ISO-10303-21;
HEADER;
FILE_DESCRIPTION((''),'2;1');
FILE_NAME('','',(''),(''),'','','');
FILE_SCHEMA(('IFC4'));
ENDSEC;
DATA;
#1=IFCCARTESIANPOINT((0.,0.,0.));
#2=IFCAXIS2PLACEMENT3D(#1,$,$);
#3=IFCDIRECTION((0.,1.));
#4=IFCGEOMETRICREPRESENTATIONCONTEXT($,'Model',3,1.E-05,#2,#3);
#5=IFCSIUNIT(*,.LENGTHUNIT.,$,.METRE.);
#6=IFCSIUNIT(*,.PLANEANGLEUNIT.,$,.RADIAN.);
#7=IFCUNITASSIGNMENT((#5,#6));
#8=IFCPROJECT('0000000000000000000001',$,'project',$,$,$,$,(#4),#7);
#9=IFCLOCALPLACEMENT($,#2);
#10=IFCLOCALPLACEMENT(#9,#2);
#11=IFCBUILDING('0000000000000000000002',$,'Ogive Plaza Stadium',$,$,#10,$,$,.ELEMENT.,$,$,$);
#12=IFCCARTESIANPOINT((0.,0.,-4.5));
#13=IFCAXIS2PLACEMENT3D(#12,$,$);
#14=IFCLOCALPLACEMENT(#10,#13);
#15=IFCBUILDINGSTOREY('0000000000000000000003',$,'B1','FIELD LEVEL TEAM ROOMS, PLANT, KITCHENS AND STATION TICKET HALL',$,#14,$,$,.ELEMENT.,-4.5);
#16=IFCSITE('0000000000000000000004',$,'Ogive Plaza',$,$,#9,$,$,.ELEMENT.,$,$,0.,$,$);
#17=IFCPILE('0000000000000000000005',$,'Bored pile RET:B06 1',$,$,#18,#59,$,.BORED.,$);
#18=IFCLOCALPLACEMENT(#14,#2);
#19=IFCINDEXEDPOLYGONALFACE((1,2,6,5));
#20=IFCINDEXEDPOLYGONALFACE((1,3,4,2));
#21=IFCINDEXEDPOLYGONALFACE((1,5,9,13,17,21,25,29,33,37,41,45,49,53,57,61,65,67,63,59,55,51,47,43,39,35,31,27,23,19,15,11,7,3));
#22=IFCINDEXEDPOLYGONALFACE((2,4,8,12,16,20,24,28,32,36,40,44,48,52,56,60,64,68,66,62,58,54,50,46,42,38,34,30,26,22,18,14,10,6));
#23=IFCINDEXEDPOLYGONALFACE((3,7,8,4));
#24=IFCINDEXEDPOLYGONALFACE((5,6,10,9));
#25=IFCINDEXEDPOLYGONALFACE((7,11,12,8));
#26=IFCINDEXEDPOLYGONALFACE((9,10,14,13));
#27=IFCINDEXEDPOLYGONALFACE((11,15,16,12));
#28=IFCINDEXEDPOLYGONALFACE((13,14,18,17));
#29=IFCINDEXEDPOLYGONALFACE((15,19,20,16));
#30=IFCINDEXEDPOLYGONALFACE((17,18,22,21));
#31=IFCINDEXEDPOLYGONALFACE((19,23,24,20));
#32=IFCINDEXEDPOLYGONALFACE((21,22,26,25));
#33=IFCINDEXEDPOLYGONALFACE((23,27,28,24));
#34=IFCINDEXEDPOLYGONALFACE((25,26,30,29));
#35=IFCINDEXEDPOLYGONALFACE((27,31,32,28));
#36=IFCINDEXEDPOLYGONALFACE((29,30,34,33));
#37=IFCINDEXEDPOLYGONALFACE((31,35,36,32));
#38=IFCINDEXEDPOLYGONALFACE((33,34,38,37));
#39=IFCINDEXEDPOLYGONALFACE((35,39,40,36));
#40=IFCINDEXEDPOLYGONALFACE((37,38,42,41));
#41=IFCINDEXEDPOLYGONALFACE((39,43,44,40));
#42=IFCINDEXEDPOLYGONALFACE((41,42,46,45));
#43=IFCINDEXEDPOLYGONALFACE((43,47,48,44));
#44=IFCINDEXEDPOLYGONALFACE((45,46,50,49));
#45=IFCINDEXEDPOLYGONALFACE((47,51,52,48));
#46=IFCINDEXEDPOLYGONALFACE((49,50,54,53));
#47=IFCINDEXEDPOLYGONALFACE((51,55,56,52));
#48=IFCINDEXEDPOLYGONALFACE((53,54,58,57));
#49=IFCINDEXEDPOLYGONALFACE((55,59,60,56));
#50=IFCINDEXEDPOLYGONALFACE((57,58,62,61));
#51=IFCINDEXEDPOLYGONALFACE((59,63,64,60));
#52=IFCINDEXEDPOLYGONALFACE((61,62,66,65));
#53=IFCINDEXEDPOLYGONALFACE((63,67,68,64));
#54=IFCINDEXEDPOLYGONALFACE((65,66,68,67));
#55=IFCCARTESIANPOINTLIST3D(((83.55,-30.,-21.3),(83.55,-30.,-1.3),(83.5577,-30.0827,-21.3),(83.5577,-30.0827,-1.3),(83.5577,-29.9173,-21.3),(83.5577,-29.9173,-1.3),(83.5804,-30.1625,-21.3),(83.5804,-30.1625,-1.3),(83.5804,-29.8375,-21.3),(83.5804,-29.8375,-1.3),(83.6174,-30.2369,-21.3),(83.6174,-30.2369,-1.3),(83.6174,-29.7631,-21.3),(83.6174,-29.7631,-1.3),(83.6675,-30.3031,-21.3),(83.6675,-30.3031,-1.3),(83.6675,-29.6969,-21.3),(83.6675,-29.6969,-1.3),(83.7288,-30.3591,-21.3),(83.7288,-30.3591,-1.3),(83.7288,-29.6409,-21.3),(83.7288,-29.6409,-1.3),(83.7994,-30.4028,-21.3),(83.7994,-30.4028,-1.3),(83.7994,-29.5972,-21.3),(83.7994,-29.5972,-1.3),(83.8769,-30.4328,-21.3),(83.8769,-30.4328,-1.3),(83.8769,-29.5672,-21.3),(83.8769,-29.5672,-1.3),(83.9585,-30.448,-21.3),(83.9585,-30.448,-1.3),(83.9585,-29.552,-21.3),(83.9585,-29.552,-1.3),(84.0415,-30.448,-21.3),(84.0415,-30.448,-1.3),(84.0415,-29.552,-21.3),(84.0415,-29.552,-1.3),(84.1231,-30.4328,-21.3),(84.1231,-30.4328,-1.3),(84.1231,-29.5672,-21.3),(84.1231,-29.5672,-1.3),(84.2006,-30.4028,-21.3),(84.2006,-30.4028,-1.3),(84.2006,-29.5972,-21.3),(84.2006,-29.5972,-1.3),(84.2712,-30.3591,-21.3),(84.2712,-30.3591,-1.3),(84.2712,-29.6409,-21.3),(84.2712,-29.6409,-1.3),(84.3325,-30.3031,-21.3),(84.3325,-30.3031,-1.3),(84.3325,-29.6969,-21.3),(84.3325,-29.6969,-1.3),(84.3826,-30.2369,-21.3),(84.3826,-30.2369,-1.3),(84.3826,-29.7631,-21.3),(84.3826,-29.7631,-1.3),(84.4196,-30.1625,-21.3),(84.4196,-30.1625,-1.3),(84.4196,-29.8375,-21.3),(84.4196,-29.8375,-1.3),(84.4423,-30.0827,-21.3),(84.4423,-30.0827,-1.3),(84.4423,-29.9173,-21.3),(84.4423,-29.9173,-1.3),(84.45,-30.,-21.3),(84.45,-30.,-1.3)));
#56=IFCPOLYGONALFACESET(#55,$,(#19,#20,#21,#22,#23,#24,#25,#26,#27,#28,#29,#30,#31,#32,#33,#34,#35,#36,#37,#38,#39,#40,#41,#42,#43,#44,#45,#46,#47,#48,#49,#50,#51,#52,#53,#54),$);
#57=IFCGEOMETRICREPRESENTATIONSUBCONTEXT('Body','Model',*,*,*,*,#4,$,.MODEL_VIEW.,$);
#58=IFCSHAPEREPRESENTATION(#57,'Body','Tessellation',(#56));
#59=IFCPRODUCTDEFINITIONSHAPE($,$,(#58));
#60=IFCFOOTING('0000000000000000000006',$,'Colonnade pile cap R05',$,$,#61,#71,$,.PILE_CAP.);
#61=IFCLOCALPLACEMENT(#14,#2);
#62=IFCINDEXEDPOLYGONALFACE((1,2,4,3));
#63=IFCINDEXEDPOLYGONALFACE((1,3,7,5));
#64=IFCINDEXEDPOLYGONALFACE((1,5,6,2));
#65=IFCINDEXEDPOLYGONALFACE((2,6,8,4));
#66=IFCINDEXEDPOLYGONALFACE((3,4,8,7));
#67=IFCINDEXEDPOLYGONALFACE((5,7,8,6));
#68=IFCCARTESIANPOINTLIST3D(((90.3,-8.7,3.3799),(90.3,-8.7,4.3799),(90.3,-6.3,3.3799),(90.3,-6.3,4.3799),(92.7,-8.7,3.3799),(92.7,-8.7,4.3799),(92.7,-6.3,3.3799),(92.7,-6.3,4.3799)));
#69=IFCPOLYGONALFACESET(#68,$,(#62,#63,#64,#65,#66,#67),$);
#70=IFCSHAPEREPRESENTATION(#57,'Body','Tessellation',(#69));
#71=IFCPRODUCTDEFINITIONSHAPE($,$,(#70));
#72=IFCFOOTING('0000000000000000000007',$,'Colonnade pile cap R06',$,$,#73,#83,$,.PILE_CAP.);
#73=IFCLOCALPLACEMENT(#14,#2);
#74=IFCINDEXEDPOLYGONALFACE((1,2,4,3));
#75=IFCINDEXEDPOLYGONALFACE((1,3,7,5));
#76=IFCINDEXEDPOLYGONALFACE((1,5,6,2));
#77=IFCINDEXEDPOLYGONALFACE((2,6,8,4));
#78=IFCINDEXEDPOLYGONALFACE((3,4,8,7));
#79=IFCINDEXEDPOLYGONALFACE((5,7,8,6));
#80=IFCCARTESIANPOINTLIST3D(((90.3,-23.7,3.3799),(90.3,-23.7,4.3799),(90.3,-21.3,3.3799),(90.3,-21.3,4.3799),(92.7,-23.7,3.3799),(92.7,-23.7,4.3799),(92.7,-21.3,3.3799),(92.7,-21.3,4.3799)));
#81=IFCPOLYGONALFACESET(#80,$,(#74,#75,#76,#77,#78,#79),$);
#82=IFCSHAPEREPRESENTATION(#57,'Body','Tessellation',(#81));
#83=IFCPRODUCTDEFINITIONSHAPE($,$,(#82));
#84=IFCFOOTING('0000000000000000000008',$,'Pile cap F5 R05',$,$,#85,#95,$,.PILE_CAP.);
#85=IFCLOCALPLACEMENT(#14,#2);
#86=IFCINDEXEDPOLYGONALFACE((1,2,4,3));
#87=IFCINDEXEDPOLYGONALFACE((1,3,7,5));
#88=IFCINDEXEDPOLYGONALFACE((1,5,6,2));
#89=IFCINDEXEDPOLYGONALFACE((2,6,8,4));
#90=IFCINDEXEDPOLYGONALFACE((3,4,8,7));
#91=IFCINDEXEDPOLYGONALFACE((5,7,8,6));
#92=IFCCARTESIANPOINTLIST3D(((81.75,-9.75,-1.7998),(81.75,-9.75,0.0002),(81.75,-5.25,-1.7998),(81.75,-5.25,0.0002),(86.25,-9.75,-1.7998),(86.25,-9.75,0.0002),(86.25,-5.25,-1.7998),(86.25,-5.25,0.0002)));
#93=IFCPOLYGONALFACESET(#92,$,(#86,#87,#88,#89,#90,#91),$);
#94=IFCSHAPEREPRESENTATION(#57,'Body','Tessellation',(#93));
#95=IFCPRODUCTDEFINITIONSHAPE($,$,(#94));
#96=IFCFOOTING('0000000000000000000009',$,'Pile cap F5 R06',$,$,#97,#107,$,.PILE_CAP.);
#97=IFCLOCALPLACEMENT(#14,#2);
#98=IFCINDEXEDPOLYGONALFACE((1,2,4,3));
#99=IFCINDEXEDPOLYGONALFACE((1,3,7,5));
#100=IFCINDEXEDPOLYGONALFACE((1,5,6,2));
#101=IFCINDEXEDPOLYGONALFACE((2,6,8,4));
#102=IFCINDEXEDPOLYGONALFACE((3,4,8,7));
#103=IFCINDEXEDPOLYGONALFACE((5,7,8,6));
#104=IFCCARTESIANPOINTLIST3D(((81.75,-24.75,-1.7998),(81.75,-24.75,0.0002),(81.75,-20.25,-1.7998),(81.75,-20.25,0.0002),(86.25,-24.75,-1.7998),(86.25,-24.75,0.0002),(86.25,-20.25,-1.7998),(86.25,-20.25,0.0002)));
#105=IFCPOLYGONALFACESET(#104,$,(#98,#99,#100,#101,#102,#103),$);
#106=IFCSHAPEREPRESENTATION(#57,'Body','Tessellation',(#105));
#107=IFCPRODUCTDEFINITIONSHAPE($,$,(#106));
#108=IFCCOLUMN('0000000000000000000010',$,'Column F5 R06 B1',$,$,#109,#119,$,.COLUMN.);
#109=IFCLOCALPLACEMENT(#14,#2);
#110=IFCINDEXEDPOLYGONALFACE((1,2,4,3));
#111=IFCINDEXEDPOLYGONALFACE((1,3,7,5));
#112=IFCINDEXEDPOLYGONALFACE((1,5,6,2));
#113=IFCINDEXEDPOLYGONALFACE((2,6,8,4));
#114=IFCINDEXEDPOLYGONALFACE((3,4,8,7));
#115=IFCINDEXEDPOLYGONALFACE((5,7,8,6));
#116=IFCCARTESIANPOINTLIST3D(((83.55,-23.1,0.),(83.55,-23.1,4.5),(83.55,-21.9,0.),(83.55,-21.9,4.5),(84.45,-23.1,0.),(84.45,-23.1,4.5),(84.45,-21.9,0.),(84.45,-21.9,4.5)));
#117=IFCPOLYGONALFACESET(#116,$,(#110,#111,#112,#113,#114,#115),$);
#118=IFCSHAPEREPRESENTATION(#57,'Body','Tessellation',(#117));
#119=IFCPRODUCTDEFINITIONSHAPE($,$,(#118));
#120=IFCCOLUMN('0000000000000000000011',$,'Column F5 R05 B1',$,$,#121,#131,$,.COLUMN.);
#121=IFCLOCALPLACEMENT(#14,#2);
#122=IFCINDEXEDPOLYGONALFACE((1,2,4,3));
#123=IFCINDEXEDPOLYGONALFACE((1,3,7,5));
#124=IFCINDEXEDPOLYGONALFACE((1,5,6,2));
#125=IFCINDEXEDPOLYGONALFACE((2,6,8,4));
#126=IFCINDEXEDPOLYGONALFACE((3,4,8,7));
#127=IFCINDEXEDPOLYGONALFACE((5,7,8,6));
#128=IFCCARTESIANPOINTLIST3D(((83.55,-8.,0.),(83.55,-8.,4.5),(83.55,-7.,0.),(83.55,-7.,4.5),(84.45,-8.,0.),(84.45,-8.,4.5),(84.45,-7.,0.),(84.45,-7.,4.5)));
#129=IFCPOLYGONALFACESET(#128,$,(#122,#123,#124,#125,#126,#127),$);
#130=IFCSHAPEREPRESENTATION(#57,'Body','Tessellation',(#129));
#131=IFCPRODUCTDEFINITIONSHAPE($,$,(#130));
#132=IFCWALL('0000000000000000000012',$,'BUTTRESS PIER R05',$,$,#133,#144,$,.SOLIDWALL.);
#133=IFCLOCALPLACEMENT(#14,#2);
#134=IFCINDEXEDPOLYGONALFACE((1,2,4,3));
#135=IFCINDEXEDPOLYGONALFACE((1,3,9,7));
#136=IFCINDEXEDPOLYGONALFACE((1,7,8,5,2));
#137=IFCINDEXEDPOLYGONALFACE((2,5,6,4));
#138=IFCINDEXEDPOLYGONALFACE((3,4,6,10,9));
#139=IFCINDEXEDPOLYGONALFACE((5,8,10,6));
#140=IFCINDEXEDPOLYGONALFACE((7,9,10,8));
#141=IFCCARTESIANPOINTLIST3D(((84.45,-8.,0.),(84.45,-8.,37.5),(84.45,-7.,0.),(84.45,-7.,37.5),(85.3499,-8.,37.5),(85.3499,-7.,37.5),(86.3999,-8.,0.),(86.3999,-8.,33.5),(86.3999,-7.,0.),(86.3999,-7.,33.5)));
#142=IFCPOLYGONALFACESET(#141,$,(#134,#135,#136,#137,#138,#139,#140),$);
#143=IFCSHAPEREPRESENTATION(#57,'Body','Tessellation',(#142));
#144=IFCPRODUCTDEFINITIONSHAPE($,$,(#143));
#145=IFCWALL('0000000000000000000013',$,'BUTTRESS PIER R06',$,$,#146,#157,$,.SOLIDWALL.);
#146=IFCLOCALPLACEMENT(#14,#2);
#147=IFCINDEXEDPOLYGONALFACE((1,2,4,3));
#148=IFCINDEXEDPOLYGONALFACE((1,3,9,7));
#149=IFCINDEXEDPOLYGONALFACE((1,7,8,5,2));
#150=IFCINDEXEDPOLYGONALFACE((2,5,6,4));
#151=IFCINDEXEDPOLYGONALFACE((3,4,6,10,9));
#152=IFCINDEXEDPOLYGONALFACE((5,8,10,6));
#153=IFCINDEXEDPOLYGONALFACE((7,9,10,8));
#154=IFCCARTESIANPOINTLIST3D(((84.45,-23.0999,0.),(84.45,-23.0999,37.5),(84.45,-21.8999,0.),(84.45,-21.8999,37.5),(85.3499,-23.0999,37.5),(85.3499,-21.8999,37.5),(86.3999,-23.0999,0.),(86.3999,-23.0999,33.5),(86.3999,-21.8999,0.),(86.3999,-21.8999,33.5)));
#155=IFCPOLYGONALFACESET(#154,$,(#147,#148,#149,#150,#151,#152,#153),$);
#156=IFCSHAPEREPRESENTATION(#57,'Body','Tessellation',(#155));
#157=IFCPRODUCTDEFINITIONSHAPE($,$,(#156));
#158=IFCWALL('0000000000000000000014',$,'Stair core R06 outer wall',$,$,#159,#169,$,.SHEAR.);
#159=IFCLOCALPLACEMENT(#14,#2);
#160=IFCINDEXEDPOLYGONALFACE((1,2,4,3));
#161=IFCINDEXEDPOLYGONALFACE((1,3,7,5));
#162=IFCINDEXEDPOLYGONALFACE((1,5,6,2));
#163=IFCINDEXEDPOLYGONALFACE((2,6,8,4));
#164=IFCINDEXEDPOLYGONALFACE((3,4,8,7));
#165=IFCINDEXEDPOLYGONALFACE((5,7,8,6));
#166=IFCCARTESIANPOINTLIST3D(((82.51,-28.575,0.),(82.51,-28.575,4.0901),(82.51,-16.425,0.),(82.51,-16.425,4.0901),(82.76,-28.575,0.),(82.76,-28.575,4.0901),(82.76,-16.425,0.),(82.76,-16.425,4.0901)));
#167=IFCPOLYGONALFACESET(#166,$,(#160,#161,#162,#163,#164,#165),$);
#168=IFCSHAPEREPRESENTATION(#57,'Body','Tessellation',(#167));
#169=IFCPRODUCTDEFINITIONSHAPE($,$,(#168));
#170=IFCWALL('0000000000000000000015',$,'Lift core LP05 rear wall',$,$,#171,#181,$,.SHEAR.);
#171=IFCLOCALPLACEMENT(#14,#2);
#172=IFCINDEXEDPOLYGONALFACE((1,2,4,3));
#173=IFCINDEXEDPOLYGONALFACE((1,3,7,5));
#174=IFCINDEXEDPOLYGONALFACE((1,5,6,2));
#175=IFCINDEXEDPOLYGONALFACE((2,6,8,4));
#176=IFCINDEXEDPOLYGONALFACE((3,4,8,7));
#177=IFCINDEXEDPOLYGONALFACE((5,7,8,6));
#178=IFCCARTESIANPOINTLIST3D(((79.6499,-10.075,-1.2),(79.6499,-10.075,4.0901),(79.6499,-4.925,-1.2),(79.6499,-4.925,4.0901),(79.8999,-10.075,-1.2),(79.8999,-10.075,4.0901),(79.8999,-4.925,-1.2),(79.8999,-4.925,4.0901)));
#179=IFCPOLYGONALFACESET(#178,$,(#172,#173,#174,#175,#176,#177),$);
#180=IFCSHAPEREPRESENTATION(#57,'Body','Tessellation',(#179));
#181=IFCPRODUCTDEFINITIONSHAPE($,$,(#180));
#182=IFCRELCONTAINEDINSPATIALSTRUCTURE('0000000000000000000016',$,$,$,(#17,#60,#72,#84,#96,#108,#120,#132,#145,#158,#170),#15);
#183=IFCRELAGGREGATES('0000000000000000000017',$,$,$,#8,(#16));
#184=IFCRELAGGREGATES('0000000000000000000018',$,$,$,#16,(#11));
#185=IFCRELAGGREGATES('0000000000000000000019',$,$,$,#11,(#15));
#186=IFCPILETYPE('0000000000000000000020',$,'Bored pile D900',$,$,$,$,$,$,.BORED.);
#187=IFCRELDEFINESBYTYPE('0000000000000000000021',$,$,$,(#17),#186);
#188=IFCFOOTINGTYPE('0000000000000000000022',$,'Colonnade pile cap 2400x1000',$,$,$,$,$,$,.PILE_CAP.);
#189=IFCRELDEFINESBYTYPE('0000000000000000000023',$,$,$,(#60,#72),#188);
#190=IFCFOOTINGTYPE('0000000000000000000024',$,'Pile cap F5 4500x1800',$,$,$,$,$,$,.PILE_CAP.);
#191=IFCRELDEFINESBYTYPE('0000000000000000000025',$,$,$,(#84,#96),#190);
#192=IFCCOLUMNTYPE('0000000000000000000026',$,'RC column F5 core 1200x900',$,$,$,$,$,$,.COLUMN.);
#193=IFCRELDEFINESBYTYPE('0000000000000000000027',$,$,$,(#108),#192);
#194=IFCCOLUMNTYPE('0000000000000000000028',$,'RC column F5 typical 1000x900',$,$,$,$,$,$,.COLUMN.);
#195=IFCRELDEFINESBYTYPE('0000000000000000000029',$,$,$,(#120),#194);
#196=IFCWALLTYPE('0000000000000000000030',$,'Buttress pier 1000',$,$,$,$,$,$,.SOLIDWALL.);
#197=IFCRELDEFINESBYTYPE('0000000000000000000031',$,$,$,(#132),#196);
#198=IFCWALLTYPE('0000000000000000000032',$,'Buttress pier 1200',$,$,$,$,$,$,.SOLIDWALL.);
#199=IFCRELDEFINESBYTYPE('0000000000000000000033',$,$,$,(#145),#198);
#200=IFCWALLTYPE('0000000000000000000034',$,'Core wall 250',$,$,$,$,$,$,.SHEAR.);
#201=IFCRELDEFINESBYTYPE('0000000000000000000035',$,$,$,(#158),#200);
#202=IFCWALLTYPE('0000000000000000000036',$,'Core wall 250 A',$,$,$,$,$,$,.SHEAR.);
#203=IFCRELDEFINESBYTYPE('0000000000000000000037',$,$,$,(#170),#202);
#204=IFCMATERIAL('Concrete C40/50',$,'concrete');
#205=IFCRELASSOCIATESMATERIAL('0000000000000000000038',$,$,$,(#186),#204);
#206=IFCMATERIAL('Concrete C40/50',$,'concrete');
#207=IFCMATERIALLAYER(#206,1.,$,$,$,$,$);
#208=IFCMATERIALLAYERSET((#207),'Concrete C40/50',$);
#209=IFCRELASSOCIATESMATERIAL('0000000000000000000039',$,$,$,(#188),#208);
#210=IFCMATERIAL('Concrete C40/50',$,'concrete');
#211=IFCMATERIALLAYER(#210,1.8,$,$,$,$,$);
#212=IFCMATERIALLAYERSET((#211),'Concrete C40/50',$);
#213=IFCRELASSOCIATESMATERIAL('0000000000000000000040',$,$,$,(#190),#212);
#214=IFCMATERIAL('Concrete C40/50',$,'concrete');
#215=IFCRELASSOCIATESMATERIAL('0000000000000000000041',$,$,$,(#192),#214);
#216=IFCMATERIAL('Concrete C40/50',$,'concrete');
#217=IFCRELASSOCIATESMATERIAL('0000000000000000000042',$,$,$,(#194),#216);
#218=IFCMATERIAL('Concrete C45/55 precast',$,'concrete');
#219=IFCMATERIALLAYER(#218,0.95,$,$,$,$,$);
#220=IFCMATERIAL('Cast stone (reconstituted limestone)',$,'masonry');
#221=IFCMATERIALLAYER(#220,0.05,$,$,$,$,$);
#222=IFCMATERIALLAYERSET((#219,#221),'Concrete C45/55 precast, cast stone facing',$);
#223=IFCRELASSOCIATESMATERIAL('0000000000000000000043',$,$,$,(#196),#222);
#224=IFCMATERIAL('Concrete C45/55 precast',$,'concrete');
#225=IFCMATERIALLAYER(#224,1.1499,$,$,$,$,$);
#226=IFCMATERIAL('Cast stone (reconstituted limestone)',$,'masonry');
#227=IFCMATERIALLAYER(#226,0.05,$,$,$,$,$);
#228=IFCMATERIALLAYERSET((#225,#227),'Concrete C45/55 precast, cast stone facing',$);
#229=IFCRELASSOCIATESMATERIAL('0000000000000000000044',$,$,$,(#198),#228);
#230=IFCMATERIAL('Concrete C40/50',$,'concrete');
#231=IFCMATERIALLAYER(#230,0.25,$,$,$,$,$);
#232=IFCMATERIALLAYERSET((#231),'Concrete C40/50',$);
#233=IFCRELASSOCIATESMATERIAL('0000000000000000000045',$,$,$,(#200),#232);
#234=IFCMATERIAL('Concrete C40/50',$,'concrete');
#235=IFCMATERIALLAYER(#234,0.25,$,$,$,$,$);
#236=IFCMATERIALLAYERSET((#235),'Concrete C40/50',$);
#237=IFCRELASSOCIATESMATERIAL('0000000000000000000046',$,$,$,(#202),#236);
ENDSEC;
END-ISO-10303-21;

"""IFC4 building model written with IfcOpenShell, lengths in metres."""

from ifc_helpers import new_model, si_unit, direction, frame, frame_2d, origin, origin_2d, place, context, subcontext, project, spatial, polyline, rectangle, circle, outline, extrude, material, layer, layer_set, material_profile, profile_set, type_object, element, save


model = new_model("IFC4")

# Units and contexts
model_context = context("Model", 3, precision=1e-05, world=origin(), true_north=direction((0.0, 1.0)))
body_context = subcontext(model_context, "Body", "Model", "MODEL_VIEW")
ifc_project = project(units=[si_unit("LENGTHUNIT", "METRE"), si_unit("PLANEANGLEUNIT", "RADIAN")], contexts=[model_context])

# Site, building, storey
site_placement = place(None, origin())
site = spatial("IfcSite", under=ifc_project, at=site_placement, Name="Ogive Plaza", CompositionType="ELEMENT", RefElevation=0.0)
building_placement = place(site_placement, origin())
building = spatial("IfcBuilding", under=site, at=building_placement, Name="Ogive Plaza Stadium", CompositionType="ELEMENT")
storey_placement = place(building_placement, frame((0.0, 0.0, -4.5)))
storey = spatial("IfcBuildingStorey", under=building, at=storey_placement, Name="B1", Description="FIELD LEVEL TEAM ROOMS, PLANT, KITCHENS AND STATION TICKET HALL", CompositionType="ELEMENT", Elevation=-4.5)

# Pile
ifc_material_1 = material(Name="Concrete C40/50", Category="concrete")
ifc_material_profile_1 = material_profile(ifc_material_1, circle(Radius=0.45, at=origin_2d()), Name="RC D900")
ifc_profile_set_1 = profile_set([ifc_material_profile_1], Name="Concrete C40/50")
pile_type_1 = type_object("IfcPileType", Name="Bored pile D900", PredefinedType="BORED", material=ifc_profile_set_1)
for number, where, z_axis, x_axis, name in (
    (1, (84.0, -30.0, -1.3), (0.0, 0.0, -1.0), (1.0, 0.0, 0.0), "Bored pile RET:B06 1"),
):
    element("IfcPile", number, at=place(storey_placement, frame(where, z_axis=z_axis, x_axis=x_axis)), inside=storey, type_object=pile_type_1, Name=name, PredefinedType="BORED", context=body_context, shape_type="SweptSolid", body=[
        extrude(circle(Radius=0.45, at=origin_2d()), origin(), (0.0, 0.0, 1.0), 20.0),
    ])

# Footings
ifc_material_2 = material(Name="Concrete C40/50", Category="concrete")
ifc_layer_1 = layer(ifc_material_2, 1.0)
ifc_layer_set_1 = layer_set([ifc_layer_1], Name="Concrete C40/50")
footing_type_1 = type_object("IfcFootingType", Name="Colonnade pile cap 2400x1000", PredefinedType="PILE_CAP", material=ifc_layer_set_1)
for number, where, z_axis, x_axis, name in (
    (2, (91.5, -7.5, 3.3799), (0.0, 0.0, 1.0), (1.0, 0.0, 0.0), "Colonnade pile cap R05"),
    (3, (91.5, -22.5, 3.3799), (0.0, 0.0, 1.0), (1.0, 0.0, 0.0), "Colonnade pile cap R06"),
):
    element("IfcFooting", number, at=place(storey_placement, frame(where, z_axis=z_axis, x_axis=x_axis)), inside=storey, type_object=footing_type_1, Name=name, PredefinedType="PILE_CAP", context=body_context, shape_type="SweptSolid", body=[
        extrude(rectangle(XDim=2.3999, YDim=2.3999, at=origin_2d()), origin(), (0.0, 0.0, 1.0), 1.0),
    ])
ifc_material_3 = material(Name="Concrete C40/50", Category="concrete")
ifc_layer_2 = layer(ifc_material_3, 1.8)
ifc_layer_set_2 = layer_set([ifc_layer_2], Name="Concrete C40/50")
footing_type_2 = type_object("IfcFootingType", Name="Pile cap F5 4500x1800", PredefinedType="PILE_CAP", material=ifc_layer_set_2)
for number, where, z_axis, x_axis, name in (
    (4, (84.0, -7.5, -1.7998), (0.0, 0.0, 1.0), (1.0, 0.0, 0.0), "Pile cap F5 R05"),
    (5, (84.0, -22.5, -1.7998), (0.0, 0.0, 1.0), (1.0, 0.0, 0.0), "Pile cap F5 R06"),
):
    element("IfcFooting", number, at=place(storey_placement, frame(where, z_axis=z_axis, x_axis=x_axis)), inside=storey, type_object=footing_type_2, Name=name, PredefinedType="PILE_CAP", context=body_context, shape_type="SweptSolid", body=[
        extrude(rectangle(XDim=4.5, YDim=4.5, at=origin_2d()), origin(), (0.0, 0.0, 1.0), 1.8),
    ])

# Columns
ifc_material_4 = material(Name="Concrete C40/50", Category="concrete")
ifc_material_profile_2 = material_profile(ifc_material_4, rectangle(XDim=1.2, YDim=0.8999, at=origin_2d()), Name="RC 1200x900")
ifc_profile_set_2 = profile_set([ifc_material_profile_2], Name="Concrete C40/50")
column_type_1 = type_object("IfcColumnType", Name="RC column F5 core 1200x900", PredefinedType="COLUMN", material=ifc_profile_set_2)
column_1_placement = place(storey_placement, frame((84.0, -22.5, 0.0), z_axis=(0.0, 0.0, 1.0), x_axis=(0.0, 1.0, 0.0)))
element("IfcColumn", 6, at=column_1_placement, inside=storey, type_object=column_type_1, Name="Column F5 R06 B1", PredefinedType="COLUMN", context=body_context, shape_type="SweptSolid", body=[
    extrude(rectangle(XDim=1.2, YDim=0.8999, at=origin_2d()), origin(), (0.0, 0.0, 1.0), 4.5),
])
ifc_material_5 = material(Name="Concrete C40/50", Category="concrete")
ifc_material_profile_3 = material_profile(ifc_material_5, rectangle(XDim=1.0, YDim=0.8999, at=origin_2d()), Name="RC 1000x900")
ifc_profile_set_3 = profile_set([ifc_material_profile_3], Name="Concrete C40/50")
column_type_2 = type_object("IfcColumnType", Name="RC column F5 typical 1000x900", PredefinedType="COLUMN", material=ifc_profile_set_3)
column_2_placement = place(storey_placement, frame((84.0, -7.5, 0.0), z_axis=(0.0, 0.0, 1.0), x_axis=(0.0, 1.0, 0.0)))
element("IfcColumn", 7, at=column_2_placement, inside=storey, type_object=column_type_2, Name="Column F5 R05 B1", PredefinedType="COLUMN", context=body_context, shape_type="SweptSolid", body=[
    extrude(rectangle(XDim=1.0, YDim=0.8999, at=origin_2d()), origin(), (0.0, 0.0, 1.0), 4.5),
])

# Walls
ifc_material_6 = material(Name="Concrete C45/55 precast", Category="concrete")
ifc_layer_3 = layer(ifc_material_6, 0.95)
ifc_material_7 = material(Name="Cast stone (reconstituted limestone)", Category="masonry")
ifc_layer_4 = layer(ifc_material_7, 0.05)
ifc_layer_set_3 = layer_set([ifc_layer_3, ifc_layer_4], Name="Concrete C45/55 precast, cast stone facing")
wall_type_1 = type_object("IfcWallType", Name="Buttress pier 1000", PredefinedType="SOLIDWALL", material=ifc_layer_set_3)
wall_1_placement = place(storey_placement, frame((84.45, -7.5, 0.0), z_axis=(0.0, 0.0, 1.0), x_axis=(1.0, 0.0, 0.0)))
element("IfcWall", 8, at=wall_1_placement, inside=storey, type_object=wall_type_1, Name="BUTTRESS PIER R05", PredefinedType="SOLIDWALL", context=body_context, shape_type="SweptSolid", body=[
    extrude(outline(polyline([(0.0, 0.0), (1.95, 0.0), (1.95, 33.5), (0.8999, 37.5), (0.0, 37.5), (0.0, 0.0)])), frame((0.0, 0.5, 0.0), z_axis=(0.0, -1.0, 0.0), x_axis=(1.0, 0.0, 0.0)), (0.0, 0.0, 1.0), 1.0),
])
ifc_material_8 = material(Name="Concrete C45/55 precast", Category="concrete")
ifc_layer_5 = layer(ifc_material_8, 1.1499)
ifc_material_9 = material(Name="Cast stone (reconstituted limestone)", Category="masonry")
ifc_layer_6 = layer(ifc_material_9, 0.05)
ifc_layer_set_4 = layer_set([ifc_layer_5, ifc_layer_6], Name="Concrete C45/55 precast, cast stone facing")
wall_type_2 = type_object("IfcWallType", Name="Buttress pier 1200", PredefinedType="SOLIDWALL", material=ifc_layer_set_4)
wall_2_placement = place(storey_placement, frame((84.45, -22.5, 0.0), z_axis=(0.0, 0.0, 1.0), x_axis=(1.0, 0.0, 0.0)))
element("IfcWall", 9, at=wall_2_placement, inside=storey, type_object=wall_type_2, Name="BUTTRESS PIER R06", PredefinedType="SOLIDWALL", context=body_context, shape_type="SweptSolid", body=[
    extrude(outline(polyline([(0.0, 0.0), (1.95, 0.0), (1.95, 33.5), (0.8999, 37.5), (0.0, 37.5), (0.0, 0.0)])), frame((0.0, 0.6001, 0.0), z_axis=(0.0, -1.0, 0.0), x_axis=(1.0, 0.0, 0.0)), (0.0, 0.0, 1.0), 1.2),
])
ifc_material_10 = material(Name="Concrete C40/50", Category="concrete")
ifc_layer_7 = layer(ifc_material_10, 0.25)
ifc_layer_set_5 = layer_set([ifc_layer_7], Name="Concrete C40/50")
wall_type_3 = type_object("IfcWallType", Name="Core wall 250", PredefinedType="SHEAR", material=ifc_layer_set_5)
wall_3_placement = place(storey_placement, frame((82.635, -28.575, 0.0), z_axis=(0.0, 0.0, 1.0), x_axis=(0.0, 1.0, 0.0)))
element("IfcWall", 10, at=wall_3_placement, inside=storey, type_object=wall_type_3, Name="Stair core R06 outer wall", PredefinedType="SHEAR", context=body_context, shape_type="SweptSolid", body=[
    extrude(rectangle(XDim=12.1499, YDim=0.25, at=frame_2d((6.075, 0.0))), origin(), (0.0, 0.0, 1.0), 4.0901),
])
ifc_material_11 = material(Name="Concrete C40/50", Category="concrete")
ifc_layer_8 = layer(ifc_material_11, 0.25)
ifc_layer_set_6 = layer_set([ifc_layer_8], Name="Concrete C40/50")
wall_type_4 = type_object("IfcWallType", Name="Core wall 250 A", PredefinedType="SHEAR", material=ifc_layer_set_6)
wall_4_placement = place(storey_placement, frame((79.7749, -10.075, -1.2), z_axis=(0.0, 0.0, 1.0), x_axis=(0.0, 1.0, 0.0)))
element("IfcWall", 11, at=wall_4_placement, inside=storey, type_object=wall_type_4, Name="Lift core LP05 rear wall", PredefinedType="SHEAR", context=body_context, shape_type="SweptSolid", body=[
    extrude(rectangle(XDim=5.1499, YDim=0.25, at=frame_2d((2.575, 0.0))), origin(), (0.0, 0.0, 1.0), 5.29),
])

save(model, "model.ifc")
